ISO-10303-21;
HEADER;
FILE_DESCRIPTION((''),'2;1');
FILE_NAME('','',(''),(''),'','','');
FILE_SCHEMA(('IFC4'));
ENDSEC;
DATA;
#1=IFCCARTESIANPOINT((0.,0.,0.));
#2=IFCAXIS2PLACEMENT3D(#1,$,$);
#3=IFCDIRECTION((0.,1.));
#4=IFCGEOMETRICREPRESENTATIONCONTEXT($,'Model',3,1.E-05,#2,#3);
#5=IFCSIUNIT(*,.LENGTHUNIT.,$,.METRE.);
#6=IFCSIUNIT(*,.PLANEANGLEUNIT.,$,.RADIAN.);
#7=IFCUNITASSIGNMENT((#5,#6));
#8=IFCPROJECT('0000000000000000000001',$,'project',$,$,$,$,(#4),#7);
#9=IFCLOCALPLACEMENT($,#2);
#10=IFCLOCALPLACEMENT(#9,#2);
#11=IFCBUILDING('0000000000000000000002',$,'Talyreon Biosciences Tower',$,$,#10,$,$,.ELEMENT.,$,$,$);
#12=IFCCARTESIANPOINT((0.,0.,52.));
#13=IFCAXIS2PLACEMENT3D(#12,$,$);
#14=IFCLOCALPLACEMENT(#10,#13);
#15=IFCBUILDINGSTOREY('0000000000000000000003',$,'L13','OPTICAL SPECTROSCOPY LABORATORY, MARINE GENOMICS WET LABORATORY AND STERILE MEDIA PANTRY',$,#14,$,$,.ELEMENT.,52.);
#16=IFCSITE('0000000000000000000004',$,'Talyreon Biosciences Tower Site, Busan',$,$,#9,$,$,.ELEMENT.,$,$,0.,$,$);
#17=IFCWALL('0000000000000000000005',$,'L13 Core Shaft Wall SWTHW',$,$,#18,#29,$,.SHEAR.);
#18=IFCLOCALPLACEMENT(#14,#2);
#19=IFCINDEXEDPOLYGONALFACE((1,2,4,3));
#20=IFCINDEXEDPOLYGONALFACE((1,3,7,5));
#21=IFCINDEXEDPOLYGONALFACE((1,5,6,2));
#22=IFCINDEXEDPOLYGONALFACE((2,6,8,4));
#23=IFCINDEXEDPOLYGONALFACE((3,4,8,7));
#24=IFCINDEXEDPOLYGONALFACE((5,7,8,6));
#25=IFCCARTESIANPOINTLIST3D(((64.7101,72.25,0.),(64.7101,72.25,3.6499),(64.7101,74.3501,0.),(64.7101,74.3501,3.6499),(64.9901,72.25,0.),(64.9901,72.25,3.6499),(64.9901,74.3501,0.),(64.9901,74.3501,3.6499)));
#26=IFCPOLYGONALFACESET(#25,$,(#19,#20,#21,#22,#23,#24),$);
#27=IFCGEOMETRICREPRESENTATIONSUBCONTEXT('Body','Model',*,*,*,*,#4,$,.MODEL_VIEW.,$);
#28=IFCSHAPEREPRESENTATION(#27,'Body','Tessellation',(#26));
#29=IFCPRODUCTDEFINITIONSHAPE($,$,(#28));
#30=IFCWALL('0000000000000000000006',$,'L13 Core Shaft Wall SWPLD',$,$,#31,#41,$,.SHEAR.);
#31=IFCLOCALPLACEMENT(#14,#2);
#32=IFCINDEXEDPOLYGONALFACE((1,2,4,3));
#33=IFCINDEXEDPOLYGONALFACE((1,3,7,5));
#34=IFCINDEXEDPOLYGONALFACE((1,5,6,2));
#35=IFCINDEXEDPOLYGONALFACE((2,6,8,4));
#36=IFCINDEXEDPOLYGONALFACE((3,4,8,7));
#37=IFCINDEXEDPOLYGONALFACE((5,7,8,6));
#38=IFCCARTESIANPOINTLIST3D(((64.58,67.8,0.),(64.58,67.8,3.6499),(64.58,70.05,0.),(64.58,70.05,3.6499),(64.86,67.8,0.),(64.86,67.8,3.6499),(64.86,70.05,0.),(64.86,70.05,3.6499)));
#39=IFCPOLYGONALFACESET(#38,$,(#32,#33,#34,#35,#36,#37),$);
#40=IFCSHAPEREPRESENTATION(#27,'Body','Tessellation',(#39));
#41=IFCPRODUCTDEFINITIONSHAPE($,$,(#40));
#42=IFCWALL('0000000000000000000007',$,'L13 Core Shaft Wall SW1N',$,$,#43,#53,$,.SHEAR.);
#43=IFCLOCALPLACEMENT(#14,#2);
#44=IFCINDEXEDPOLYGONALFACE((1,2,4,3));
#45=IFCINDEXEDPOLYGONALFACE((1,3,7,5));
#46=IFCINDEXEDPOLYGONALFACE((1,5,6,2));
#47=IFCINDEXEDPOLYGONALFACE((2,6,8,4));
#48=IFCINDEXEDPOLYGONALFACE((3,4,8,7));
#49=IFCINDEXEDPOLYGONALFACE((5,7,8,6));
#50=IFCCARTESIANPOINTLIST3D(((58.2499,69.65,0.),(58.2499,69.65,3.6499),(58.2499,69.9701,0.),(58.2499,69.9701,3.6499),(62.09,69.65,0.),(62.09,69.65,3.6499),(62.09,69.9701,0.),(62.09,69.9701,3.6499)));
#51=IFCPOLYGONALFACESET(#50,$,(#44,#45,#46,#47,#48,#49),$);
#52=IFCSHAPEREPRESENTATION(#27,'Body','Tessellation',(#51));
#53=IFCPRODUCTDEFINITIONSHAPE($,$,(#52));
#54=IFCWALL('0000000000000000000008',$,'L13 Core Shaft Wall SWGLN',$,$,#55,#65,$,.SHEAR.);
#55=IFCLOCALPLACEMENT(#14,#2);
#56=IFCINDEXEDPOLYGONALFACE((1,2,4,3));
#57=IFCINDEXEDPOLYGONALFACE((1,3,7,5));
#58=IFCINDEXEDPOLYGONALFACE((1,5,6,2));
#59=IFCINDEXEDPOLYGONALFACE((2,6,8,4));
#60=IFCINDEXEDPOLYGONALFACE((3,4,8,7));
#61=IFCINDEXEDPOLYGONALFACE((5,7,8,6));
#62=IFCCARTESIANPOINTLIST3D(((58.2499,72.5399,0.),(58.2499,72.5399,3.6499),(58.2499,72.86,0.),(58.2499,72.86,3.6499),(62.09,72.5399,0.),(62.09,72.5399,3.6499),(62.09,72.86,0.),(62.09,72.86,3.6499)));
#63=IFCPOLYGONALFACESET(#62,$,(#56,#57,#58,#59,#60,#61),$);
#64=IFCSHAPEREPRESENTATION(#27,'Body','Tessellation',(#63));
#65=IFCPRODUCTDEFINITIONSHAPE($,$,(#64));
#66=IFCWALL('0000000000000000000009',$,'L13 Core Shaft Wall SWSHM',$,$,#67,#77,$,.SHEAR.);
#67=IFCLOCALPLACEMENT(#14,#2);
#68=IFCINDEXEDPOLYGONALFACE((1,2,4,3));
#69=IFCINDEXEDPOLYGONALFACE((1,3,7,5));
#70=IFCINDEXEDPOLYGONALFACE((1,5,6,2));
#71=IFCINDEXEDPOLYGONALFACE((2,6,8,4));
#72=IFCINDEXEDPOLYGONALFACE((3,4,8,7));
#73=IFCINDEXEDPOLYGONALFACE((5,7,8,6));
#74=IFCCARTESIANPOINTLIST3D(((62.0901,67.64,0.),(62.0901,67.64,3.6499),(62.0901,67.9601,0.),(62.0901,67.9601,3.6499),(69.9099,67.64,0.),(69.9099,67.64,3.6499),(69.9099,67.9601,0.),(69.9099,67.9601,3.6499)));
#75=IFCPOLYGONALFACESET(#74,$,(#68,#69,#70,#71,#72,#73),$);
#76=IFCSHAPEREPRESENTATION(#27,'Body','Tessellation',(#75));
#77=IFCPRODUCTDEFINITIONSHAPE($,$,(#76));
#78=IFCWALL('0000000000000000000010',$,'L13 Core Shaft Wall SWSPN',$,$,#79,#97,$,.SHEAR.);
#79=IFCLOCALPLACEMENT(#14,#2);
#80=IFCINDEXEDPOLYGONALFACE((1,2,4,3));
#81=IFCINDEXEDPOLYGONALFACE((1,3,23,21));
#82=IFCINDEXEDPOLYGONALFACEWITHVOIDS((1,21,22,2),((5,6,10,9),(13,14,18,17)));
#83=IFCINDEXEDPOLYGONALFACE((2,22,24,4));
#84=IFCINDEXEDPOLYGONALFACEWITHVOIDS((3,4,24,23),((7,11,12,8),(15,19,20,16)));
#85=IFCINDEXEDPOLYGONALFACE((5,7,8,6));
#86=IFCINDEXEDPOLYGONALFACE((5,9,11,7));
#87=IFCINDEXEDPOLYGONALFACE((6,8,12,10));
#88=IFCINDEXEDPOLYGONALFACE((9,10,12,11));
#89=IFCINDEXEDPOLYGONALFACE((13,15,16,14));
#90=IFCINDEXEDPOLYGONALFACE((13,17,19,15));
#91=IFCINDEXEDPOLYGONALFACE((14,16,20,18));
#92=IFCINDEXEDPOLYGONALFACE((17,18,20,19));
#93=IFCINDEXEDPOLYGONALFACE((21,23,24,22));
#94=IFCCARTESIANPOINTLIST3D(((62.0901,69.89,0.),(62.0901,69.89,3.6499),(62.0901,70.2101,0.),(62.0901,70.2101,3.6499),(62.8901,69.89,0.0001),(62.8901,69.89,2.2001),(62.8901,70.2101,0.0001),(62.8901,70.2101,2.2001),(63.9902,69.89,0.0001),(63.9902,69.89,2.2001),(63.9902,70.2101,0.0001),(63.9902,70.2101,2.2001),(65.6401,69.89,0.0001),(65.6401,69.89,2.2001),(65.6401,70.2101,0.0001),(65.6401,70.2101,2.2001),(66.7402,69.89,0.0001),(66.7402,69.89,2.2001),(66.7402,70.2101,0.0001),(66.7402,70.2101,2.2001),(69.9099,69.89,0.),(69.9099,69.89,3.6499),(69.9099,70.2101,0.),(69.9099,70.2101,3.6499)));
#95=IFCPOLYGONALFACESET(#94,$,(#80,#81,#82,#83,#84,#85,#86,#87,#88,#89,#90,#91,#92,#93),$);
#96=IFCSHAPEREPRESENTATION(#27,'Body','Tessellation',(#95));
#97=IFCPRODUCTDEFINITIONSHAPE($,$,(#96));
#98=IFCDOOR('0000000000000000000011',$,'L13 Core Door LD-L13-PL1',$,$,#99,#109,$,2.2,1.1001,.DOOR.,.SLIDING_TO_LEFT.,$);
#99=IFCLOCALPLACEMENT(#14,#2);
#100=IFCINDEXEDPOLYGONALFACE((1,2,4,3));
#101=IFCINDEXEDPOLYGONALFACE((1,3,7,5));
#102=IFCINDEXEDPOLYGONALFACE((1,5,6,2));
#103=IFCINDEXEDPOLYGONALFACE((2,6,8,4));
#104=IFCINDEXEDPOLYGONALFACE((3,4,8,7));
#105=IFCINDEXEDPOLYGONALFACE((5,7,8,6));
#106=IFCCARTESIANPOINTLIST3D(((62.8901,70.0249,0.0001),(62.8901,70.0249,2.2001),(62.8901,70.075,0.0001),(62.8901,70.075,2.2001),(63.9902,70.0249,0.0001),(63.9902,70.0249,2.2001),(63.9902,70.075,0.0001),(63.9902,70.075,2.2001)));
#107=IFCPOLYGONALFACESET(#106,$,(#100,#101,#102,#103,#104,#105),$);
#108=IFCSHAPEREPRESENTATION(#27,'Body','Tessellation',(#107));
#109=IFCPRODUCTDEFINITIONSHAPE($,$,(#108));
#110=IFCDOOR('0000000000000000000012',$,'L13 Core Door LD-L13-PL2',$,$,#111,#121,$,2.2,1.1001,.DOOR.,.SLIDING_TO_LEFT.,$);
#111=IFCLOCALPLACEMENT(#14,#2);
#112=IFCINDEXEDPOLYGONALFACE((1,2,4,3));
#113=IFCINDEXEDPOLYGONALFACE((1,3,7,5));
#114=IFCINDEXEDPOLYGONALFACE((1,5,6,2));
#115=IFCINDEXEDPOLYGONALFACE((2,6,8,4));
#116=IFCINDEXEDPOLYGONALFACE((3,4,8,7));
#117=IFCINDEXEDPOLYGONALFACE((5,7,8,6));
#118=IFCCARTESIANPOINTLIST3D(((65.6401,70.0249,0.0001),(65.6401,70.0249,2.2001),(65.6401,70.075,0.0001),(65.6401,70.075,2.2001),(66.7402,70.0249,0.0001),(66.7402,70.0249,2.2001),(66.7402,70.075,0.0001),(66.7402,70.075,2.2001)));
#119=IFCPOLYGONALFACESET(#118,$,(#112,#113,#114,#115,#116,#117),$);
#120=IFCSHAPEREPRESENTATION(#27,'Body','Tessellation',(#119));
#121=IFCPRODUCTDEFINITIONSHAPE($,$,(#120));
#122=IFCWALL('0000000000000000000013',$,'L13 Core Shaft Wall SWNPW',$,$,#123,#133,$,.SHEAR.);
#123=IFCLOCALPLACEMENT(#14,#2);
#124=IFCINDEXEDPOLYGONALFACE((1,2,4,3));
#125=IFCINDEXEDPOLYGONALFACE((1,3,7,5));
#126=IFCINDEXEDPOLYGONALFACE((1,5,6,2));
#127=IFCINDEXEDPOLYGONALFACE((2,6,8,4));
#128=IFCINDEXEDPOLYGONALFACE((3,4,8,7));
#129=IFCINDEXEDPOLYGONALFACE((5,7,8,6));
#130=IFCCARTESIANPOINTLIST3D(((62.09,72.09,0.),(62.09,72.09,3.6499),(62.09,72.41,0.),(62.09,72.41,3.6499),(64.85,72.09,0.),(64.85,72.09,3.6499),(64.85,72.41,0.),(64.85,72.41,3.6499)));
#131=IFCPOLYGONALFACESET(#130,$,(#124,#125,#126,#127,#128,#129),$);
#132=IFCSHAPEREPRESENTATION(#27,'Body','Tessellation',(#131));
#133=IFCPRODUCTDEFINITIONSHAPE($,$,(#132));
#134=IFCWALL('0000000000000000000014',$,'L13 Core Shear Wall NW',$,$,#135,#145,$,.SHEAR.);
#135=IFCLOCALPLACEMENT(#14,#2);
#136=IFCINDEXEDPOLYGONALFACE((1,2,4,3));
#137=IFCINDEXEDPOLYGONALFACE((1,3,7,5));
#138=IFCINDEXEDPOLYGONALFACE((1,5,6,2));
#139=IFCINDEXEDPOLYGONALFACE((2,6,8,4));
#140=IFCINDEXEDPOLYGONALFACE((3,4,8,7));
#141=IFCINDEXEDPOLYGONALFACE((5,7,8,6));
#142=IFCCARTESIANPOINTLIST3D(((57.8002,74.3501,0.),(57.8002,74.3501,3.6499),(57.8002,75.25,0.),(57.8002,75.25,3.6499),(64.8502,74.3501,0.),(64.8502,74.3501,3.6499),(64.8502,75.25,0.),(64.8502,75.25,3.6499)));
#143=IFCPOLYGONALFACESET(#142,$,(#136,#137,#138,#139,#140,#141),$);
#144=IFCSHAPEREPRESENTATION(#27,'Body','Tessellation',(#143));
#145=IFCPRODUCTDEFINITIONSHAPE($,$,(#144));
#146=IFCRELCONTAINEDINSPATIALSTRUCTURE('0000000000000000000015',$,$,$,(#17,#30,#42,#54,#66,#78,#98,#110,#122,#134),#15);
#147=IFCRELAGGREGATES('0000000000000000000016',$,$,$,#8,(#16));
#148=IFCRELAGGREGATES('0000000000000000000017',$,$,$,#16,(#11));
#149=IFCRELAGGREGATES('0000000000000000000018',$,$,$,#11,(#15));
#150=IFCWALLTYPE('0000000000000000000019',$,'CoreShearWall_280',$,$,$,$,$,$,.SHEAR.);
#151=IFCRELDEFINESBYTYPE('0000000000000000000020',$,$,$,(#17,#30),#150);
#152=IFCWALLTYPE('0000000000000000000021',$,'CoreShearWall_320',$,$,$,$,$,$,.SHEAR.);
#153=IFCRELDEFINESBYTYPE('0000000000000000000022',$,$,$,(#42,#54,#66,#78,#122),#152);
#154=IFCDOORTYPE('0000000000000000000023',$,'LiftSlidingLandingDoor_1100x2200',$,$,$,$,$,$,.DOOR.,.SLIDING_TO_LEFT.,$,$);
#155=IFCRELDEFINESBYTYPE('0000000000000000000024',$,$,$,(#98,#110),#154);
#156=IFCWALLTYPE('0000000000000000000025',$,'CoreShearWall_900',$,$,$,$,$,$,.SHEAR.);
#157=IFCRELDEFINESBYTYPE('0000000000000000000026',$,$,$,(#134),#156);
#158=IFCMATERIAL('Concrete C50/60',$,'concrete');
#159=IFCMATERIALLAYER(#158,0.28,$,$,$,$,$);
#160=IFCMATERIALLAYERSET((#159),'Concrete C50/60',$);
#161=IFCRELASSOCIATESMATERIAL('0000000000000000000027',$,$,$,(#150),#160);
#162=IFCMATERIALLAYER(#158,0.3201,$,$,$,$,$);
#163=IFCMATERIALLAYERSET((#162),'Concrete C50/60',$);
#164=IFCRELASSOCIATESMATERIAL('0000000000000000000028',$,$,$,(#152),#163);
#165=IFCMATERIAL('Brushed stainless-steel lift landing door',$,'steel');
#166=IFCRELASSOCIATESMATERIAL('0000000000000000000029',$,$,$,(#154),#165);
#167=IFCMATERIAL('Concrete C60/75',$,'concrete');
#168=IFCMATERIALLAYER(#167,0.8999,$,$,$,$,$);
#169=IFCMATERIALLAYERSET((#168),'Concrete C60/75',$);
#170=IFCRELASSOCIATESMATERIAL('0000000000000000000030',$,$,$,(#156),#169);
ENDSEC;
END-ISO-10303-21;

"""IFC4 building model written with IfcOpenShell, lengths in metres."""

from ifc_helpers import new_model, si_unit, direction, frame, frame_2d, origin, place, context, subcontext, project, spatial, rectangle, extrude, material, layer, layer_set, type_object, element, fill, save


model = new_model("IFC4")

# Units and contexts
model_context = context("Model", 3, precision=1e-05, world=origin(), true_north=direction((0.0, 1.0)))
body_context = subcontext(model_context, "Body", "Model", "MODEL_VIEW")
ifc_project = project(units=[si_unit("LENGTHUNIT", "METRE"), si_unit("PLANEANGLEUNIT", "RADIAN")], contexts=[model_context])

# Site, building, storey
site_placement = place(None, origin())
site = spatial("IfcSite", under=ifc_project, at=site_placement, Name="Talyreon Biosciences Tower Site, Busan", CompositionType="ELEMENT", RefElevation=0.0)
building_placement = place(site_placement, origin())
building = spatial("IfcBuilding", under=site, at=building_placement, Name="Talyreon Biosciences Tower", CompositionType="ELEMENT")
storey_placement = place(building_placement, frame((0.0, 0.0, 52.0)))
storey = spatial("IfcBuildingStorey", under=building, at=storey_placement, Name="L13", Description="OPTICAL SPECTROSCOPY LABORATORY, MARINE GENOMICS WET LABORATORY AND STERILE MEDIA PANTRY", CompositionType="ELEMENT", Elevation=52.0)

# Shared definitions
ifc_material_1 = material(Name="Concrete C60/75", Category="concrete")

# Walls
ifc_material_2 = material(Name="Concrete C50/60", Category="concrete")
ifc_layer_1 = layer(ifc_material_2, 0.28)
ifc_layer_set_1 = layer_set([ifc_layer_1], Name="Concrete C50/60")
wall_type_1 = type_object("IfcWallType", Name="CoreShearWall_280", PredefinedType="SHEAR", material=ifc_layer_set_1)
wall_1_placement = place(storey_placement, frame((64.8501, 72.25, 0.0), z_axis=(0.0, 0.0, 1.0), x_axis=(0.0, 1.0, 0.0)))
element("IfcWall", 1, at=wall_1_placement, inside=storey, type_object=wall_type_1, Name="L13 Core Shaft Wall SWTHW", PredefinedType="SHEAR", context=body_context, shape_type="SweptSolid", body=[
    extrude(rectangle(XDim=2.1001, YDim=0.28, at=frame_2d((1.05, 0.0))), origin(), (0.0, 0.0, 1.0), 3.6499),
])
wall_2_placement = place(storey_placement, frame((64.72, 67.8, 0.0), z_axis=(0.0, 0.0, 1.0), x_axis=(0.0, 1.0, 0.0)))
element("IfcWall", 2, at=wall_2_placement, inside=storey, type_object=wall_type_1, Name="L13 Core Shaft Wall SWPLD", PredefinedType="SHEAR", context=body_context, shape_type="SweptSolid", body=[
    extrude(rectangle(XDim=2.25, YDim=0.28, at=frame_2d((1.125, 0.0))), origin(), (0.0, 0.0, 1.0), 3.6499),
])
ifc_layer_2 = layer(ifc_material_2, 0.3201)
ifc_layer_set_2 = layer_set([ifc_layer_2], Name="Concrete C50/60")
wall_type_2 = type_object("IfcWallType", Name="CoreShearWall_320", PredefinedType="SHEAR", material=ifc_layer_set_2)
for number, where, z_axis, x_axis, name in (
    (3, (58.25, 69.8101, 0.0), (0.0, 0.0, 1.0), (1.0, 0.0, 0.0), "L13 Core Shaft Wall SW1N"),
    (4, (58.25, 72.7, 0.0), (0.0, 0.0, 1.0), (1.0, 0.0, 0.0), "L13 Core Shaft Wall SWGLN"),
):
    element("IfcWall", number, at=place(storey_placement, frame(where, z_axis=z_axis, x_axis=x_axis)), inside=storey, type_object=wall_type_2, Name=name, PredefinedType="SHEAR", context=body_context, shape_type="SweptSolid", body=[
        extrude(rectangle(XDim=3.8401, YDim=0.3201, at=frame_2d((1.9199, 0.0))), origin(), (0.0, 0.0, 1.0), 3.6499),
    ])
wall_3_placement = place(storey_placement, frame((62.0901, 67.8, 0.0), z_axis=(0.0, 0.0, 1.0), x_axis=(1.0, 0.0, 0.0)))
element("IfcWall", 5, at=wall_3_placement, inside=storey, type_object=wall_type_2, Name="L13 Core Shaft Wall SWSHM", PredefinedType="SHEAR", context=body_context, shape_type="SweptSolid", body=[
    extrude(rectangle(XDim=7.8198, YDim=0.3201, at=frame_2d((3.9099, 0.0))), origin(), (0.0, 0.0, 1.0), 3.6499),
])

# Wall, openings, doors
wall_4_placement = place(storey_placement, frame((62.0901, 70.05, 0.0), z_axis=(0.0, 0.0, 1.0), x_axis=(1.0, 0.0, 0.0)))
wall_4 = element("IfcWall", 6, at=wall_4_placement, inside=storey, type_object=wall_type_2, Name="L13 Core Shaft Wall SWSPN", PredefinedType="SHEAR", context=body_context, shape_type="SweptSolid", body=[
    extrude(rectangle(XDim=7.8198, YDim=0.3201, at=frame_2d((3.9099, 0.0))), origin(), (0.0, 0.0, 1.0), 3.6499),
])
opening_1_placement = place(wall_4_placement, frame((0.8, 0.0, 0.0)))
opening_1 = element("IfcOpeningElement", 7, at=opening_1_placement, cuts=wall_4, PredefinedType="OPENING", context=body_context, shape_type="SweptSolid", body=[
    extrude(rectangle(XDim=1.1001, YDim=2.2, at=frame_2d((0.55, 1.1001))), frame((0.0, 0.1699, 0.0), z_axis=(0.0, -1.0, 0.0), x_axis=(1.0, 0.0, 0.0)), (0.0, 0.0, 1.0), 0.3401),
])
opening_2_placement = place(wall_4_placement, frame((3.55, 0.0, 0.0)))
opening_2 = element("IfcOpeningElement", 8, at=opening_2_placement, cuts=wall_4, PredefinedType="OPENING", context=body_context, shape_type="SweptSolid", body=[
    extrude(rectangle(XDim=1.1001, YDim=2.2, at=frame_2d((0.55, 1.1001))), frame((0.0, 0.1699, 0.0), z_axis=(0.0, -1.0, 0.0), x_axis=(1.0, 0.0, 0.0)), (0.0, 0.0, 1.0), 0.3401),
])
ifc_material_3 = material(Name="Brushed stainless-steel lift landing door", Category="steel")
door_type_1 = type_object("IfcDoorType", Name="LiftSlidingLandingDoor_1100x2200", OperationType="SLIDING_TO_LEFT", PredefinedType="DOOR", material=ifc_material_3)
door_1_placement = place(opening_1_placement, origin())
door_1 = element("IfcDoor", 9, at=door_1_placement, inside=storey, type_object=door_type_1, Name="L13 Core Door LD-L13-PL1", OperationType="SLIDING_TO_LEFT", OverallHeight=2.2, OverallWidth=1.1001, PredefinedType="DOOR", context=body_context, shape_type="SweptSolid", body=[
    extrude(rectangle(XDim=1.1001, YDim=2.2, at=frame_2d((0.55, 1.1001))), frame((0.0, 0.0249, 0.0), z_axis=(0.0, -1.0, 0.0), x_axis=(1.0, 0.0, 0.0)), (0.0, 0.0, 1.0), 0.05),
])
fill(opening_1, door_1)
door_2_placement = place(opening_2_placement, origin())
door_2 = element("IfcDoor", 10, at=door_2_placement, inside=storey, type_object=door_type_1, Name="L13 Core Door LD-L13-PL2", OperationType="SLIDING_TO_LEFT", OverallHeight=2.2, OverallWidth=1.1001, PredefinedType="DOOR", context=body_context, shape_type="SweptSolid", body=[
    extrude(rectangle(XDim=1.1001, YDim=2.2, at=frame_2d((0.55, 1.1001))), frame((0.0, 0.0249, 0.0), z_axis=(0.0, -1.0, 0.0), x_axis=(1.0, 0.0, 0.0)), (0.0, 0.0, 1.0), 0.05),
])
fill(opening_2, door_2)

# Walls
wall_5_placement = place(storey_placement, frame((62.0901, 72.25, 0.0), z_axis=(0.0, 0.0, 1.0), x_axis=(1.0, 0.0, 0.0)))
element("IfcWall", 11, at=wall_5_placement, inside=storey, type_object=wall_type_2, Name="L13 Core Shaft Wall SWNPW", PredefinedType="SHEAR", context=body_context, shape_type="SweptSolid", body=[
    extrude(rectangle(XDim=2.76, YDim=0.3201, at=frame_2d((1.3799, 0.0))), origin(), (0.0, 0.0, 1.0), 3.6499),
])
ifc_layer_3 = layer(ifc_material_1, 0.8999)
ifc_layer_set_3 = layer_set([ifc_layer_3], Name="Concrete C60/75")
wall_type_3 = type_object("IfcWallType", Name="CoreShearWall_900", PredefinedType="SHEAR", material=ifc_layer_set_3)
wall_6_placement = place(storey_placement, frame((64.8501, 74.8, 0.0), z_axis=(0.0, 0.0, 1.0), x_axis=(-1.0, 0.0, 0.0)))
element("IfcWall", 12, at=wall_6_placement, inside=storey, type_object=wall_type_3, Name="L13 Core Shear Wall NW", PredefinedType="SHEAR", context=body_context, shape_type="SweptSolid", body=[
    extrude(rectangle(XDim=7.05, YDim=0.8999, at=frame_2d((3.5249, 0.0))), origin(), (0.0, 0.0, 1.0), 3.6499),
])

save(model, "model.ifc")
